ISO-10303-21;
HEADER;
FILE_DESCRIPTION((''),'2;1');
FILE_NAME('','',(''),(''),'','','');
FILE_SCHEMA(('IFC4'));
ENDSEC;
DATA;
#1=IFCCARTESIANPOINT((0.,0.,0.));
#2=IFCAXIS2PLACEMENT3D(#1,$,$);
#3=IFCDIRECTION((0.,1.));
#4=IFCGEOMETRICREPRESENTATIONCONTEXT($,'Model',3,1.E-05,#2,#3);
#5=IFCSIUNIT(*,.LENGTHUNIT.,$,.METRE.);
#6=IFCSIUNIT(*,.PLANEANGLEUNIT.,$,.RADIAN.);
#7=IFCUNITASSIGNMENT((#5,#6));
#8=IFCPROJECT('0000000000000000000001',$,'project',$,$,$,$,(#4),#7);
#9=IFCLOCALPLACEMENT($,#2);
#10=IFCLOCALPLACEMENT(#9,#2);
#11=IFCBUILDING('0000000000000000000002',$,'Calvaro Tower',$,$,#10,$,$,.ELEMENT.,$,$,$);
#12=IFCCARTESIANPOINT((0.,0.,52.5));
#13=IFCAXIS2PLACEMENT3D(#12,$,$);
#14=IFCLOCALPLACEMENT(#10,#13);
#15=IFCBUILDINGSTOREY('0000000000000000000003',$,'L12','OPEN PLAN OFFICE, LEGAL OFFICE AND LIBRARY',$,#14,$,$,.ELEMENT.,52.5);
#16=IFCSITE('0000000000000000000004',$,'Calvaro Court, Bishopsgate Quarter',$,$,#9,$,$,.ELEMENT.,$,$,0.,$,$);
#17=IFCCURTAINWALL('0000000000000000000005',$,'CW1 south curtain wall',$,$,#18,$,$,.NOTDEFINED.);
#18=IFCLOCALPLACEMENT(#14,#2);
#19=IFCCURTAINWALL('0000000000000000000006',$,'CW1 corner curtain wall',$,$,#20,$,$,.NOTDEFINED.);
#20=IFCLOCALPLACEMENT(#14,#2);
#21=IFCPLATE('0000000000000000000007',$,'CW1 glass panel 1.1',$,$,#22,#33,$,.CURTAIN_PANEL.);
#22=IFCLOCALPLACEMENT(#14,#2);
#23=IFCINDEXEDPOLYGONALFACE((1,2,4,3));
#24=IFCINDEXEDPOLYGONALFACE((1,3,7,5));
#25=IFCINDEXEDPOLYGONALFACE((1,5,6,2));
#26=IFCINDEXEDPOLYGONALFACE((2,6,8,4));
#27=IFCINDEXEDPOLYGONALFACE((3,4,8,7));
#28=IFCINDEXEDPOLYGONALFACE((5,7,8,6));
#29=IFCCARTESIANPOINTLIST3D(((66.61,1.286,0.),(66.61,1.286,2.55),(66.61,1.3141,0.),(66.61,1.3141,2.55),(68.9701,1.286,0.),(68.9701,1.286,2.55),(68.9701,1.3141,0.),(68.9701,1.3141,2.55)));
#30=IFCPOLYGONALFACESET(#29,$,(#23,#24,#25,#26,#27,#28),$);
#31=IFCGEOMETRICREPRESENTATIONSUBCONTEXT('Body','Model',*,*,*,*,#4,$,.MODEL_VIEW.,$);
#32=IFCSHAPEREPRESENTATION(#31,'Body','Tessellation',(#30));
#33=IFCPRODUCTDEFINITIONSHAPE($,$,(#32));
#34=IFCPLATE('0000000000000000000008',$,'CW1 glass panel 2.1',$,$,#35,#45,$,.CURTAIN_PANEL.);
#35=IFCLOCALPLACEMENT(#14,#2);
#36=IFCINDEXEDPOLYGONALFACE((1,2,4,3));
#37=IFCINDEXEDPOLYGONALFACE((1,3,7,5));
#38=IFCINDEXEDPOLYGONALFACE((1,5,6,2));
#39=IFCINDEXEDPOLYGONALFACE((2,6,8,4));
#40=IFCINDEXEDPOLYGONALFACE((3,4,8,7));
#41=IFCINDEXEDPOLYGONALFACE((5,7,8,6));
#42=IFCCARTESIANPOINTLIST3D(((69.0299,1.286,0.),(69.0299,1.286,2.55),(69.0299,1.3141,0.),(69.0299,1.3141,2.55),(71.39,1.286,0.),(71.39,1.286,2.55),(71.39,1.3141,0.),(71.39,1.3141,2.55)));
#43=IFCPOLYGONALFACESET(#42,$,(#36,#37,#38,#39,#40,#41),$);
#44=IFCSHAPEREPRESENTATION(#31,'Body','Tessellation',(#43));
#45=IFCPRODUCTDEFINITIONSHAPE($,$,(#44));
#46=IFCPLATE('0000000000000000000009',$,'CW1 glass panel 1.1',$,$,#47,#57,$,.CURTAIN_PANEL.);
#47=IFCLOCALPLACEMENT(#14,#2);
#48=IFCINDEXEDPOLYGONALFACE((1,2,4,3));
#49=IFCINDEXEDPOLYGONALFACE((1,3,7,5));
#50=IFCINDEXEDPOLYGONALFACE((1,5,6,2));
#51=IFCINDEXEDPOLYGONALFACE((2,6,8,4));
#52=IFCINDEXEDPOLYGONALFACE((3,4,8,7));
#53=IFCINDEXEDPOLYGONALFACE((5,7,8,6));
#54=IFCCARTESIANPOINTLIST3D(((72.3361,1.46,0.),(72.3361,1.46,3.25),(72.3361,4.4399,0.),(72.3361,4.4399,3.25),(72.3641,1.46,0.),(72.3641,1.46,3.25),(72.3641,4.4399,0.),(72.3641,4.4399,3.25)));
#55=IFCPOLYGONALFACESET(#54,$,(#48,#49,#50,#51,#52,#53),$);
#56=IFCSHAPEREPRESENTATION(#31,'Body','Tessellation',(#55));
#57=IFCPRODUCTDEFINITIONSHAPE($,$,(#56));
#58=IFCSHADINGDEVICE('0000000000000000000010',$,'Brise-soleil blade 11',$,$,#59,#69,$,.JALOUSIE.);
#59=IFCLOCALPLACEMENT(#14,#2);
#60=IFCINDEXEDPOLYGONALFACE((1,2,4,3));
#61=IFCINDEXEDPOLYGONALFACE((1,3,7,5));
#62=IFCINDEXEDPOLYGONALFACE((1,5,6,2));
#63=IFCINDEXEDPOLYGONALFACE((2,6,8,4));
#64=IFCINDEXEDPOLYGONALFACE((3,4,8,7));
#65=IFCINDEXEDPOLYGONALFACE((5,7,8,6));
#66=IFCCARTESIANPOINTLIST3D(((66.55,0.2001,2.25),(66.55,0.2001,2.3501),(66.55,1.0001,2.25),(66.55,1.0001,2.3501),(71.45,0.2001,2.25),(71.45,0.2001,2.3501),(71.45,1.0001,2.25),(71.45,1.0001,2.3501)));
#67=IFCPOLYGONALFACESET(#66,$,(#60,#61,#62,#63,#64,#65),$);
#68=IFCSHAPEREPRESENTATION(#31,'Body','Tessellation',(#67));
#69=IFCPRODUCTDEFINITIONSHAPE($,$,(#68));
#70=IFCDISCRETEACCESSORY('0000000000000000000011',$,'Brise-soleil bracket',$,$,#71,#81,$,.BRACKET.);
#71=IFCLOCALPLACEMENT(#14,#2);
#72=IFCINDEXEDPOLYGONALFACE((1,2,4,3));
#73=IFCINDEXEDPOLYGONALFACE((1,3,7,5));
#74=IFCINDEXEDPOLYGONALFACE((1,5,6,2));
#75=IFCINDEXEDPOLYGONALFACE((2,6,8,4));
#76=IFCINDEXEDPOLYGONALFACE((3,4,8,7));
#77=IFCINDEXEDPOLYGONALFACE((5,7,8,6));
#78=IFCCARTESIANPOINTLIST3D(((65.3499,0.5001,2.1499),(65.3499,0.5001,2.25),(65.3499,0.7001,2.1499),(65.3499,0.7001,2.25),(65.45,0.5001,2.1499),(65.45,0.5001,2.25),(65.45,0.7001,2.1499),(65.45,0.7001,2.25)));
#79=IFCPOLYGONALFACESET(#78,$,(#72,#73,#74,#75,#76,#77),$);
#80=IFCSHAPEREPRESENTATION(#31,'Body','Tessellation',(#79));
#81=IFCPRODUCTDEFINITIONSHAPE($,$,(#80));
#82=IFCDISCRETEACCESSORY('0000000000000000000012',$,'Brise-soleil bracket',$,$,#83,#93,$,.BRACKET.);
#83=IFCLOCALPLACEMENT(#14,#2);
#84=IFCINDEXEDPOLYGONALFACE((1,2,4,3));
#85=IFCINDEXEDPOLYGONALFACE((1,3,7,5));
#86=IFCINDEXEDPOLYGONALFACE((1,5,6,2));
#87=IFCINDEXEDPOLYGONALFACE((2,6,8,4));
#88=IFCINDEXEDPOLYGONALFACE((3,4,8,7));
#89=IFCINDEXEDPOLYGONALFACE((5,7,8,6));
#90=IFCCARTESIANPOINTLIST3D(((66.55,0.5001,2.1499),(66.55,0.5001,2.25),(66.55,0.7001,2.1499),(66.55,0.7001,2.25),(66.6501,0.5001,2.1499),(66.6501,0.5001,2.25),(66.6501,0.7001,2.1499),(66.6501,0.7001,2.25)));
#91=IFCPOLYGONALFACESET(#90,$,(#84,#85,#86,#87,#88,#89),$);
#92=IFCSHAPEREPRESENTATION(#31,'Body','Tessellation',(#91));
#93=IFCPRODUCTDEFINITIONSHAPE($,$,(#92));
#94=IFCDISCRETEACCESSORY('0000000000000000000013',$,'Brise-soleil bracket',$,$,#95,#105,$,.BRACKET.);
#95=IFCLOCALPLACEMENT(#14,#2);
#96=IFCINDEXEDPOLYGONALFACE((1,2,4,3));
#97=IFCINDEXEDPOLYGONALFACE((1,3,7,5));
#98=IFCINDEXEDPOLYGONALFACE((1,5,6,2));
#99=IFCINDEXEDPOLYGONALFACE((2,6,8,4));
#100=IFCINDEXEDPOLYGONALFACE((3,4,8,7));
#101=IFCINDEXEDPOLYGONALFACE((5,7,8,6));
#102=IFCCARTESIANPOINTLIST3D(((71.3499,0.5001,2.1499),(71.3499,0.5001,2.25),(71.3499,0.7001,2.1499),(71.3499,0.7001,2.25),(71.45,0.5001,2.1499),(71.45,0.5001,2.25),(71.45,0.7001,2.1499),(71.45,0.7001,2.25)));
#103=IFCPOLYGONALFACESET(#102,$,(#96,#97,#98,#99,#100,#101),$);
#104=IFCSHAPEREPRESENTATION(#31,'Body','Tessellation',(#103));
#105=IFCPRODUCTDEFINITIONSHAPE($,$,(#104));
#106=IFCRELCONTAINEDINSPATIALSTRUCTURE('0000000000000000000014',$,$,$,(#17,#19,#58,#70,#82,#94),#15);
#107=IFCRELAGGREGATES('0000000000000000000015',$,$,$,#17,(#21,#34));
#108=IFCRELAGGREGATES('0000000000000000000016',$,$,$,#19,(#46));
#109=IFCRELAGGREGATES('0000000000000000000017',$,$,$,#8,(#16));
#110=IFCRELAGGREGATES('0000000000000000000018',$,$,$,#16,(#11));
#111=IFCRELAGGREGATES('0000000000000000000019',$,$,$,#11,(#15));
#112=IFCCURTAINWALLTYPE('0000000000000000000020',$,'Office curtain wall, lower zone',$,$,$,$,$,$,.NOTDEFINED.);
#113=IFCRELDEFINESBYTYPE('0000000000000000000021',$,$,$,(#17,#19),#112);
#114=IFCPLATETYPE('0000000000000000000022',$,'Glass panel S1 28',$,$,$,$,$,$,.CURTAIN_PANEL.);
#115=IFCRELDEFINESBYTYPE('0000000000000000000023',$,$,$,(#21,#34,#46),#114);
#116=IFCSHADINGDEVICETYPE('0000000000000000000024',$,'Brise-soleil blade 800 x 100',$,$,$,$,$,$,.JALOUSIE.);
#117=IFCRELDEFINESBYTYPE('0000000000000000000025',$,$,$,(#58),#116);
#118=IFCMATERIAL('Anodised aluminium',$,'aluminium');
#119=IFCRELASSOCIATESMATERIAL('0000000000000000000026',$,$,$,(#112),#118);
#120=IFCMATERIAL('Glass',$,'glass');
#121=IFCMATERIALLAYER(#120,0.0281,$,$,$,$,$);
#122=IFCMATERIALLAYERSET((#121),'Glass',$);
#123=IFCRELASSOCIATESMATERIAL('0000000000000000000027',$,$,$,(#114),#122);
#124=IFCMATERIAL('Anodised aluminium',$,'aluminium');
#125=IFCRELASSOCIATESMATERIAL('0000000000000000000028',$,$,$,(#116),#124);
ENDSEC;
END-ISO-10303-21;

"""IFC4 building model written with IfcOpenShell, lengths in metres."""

from ifc_helpers import new_model, si_unit, direction, frame, origin, origin_2d, place, context, subcontext, project, spatial, rectangle, extrude, material, layer, layer_set, material_profile, profile_set, type_object, element, aggregate, save


model = new_model("IFC4")

# Units and contexts
model_context = context("Model", 3, precision=1e-05, world=origin(), true_north=direction((0.0, 1.0)))
body_context = subcontext(model_context, "Body", "Model", "MODEL_VIEW")
ifc_project = project(units=[si_unit("LENGTHUNIT", "METRE"), si_unit("PLANEANGLEUNIT", "RADIAN")], contexts=[model_context])

# Site, building, storey
site_placement = place(None, origin())
site = spatial("IfcSite", under=ifc_project, at=site_placement, Name="Calvaro Court, Bishopsgate Quarter", CompositionType="ELEMENT", RefElevation=0.0)
building_placement = place(site_placement, origin())
building = spatial("IfcBuilding", under=site, at=building_placement, Name="Calvaro Tower", CompositionType="ELEMENT")
storey_placement = place(building_placement, frame((0.0, 0.0, 52.5)))
storey = spatial("IfcBuildingStorey", under=building, at=storey_placement, Name="L12", Description="OPEN PLAN OFFICE, LEGAL OFFICE AND LIBRARY", CompositionType="ELEMENT", Elevation=52.5)

# Shared definitions
ifc_material_1 = material(Name="Anodised aluminium", Category="aluminium")
curtain_wall_type = type_object("IfcCurtainWallType", Name="Office curtain wall, lower zone", PredefinedType="NOTDEFINED", material=ifc_material_1)

# Curtain walls
curtain_wall_1_placement = place(storey_placement, origin())
curtain_wall_1 = element("IfcCurtainWall", 1, at=curtain_wall_1_placement, inside=storey, type_object=curtain_wall_type, Name="CW1 south curtain wall", PredefinedType="NOTDEFINED")
curtain_wall_2_placement = place(storey_placement, origin())
curtain_wall_2 = element("IfcCurtainWall", 2, at=curtain_wall_2_placement, inside=storey, type_object=curtain_wall_type, Name="CW1 corner curtain wall", PredefinedType="NOTDEFINED")

# Plates
ifc_material_2 = material(Name="Glass", Category="glass")
ifc_layer = layer(ifc_material_2, 0.0281)
ifc_layer_set = layer_set([ifc_layer], Name="Glass")
plate_type = type_object("IfcPlateType", Name="Glass panel S1 28", PredefinedType="CURTAIN_PANEL", material=ifc_layer_set)
plate_1_placement = place(storey_placement, frame((67.79, 1.3, 0.0), z_axis=(0.0, 0.0, 1.0), x_axis=(1.0, 0.0, 0.0)))
plate_1 = element("IfcPlate", 3, at=plate_1_placement, type_object=plate_type, Name="CW1 glass panel 1.1", PredefinedType="CURTAIN_PANEL", context=body_context, shape_type="SweptSolid", body=[
    extrude(rectangle(XDim=2.3601, YDim=0.0281, at=origin_2d()), origin(), (0.0, 0.0, 1.0), 2.55),
])
plate_2_placement = place(storey_placement, frame((70.21, 1.3, 0.0), z_axis=(0.0, 0.0, 1.0), x_axis=(1.0, 0.0, 0.0)))
plate_2 = element("IfcPlate", 4, at=plate_2_placement, type_object=plate_type, Name="CW1 glass panel 2.1", PredefinedType="CURTAIN_PANEL", context=body_context, shape_type="SweptSolid", body=[
    extrude(rectangle(XDim=2.3601, YDim=0.0281, at=origin_2d()), origin(), (0.0, 0.0, 1.0), 2.55),
])
aggregate(curtain_wall_1, [plate_1, plate_2])
plate_3_placement = place(storey_placement, frame((72.3501, 2.95, 0.0), z_axis=(0.0, 0.0, 1.0), x_axis=(0.0, 1.0, 0.0)))
plate_3 = element("IfcPlate", 5, at=plate_3_placement, type_object=plate_type, Name="CW1 glass panel 1.1", PredefinedType="CURTAIN_PANEL", context=body_context, shape_type="SweptSolid", body=[
    extrude(rectangle(XDim=2.98, YDim=0.0281, at=origin_2d()), origin(), (0.0, 0.0, 1.0), 3.25),
])
aggregate(curtain_wall_2, [plate_3])

# Shading device
ifc_material_3 = material(Name="Anodised aluminium", Category="aluminium")
ifc_material_profile_1 = material_profile(ifc_material_3, rectangle(XDim=0.8, YDim=0.1001, at=origin_2d()), Name="Brise-soleil blade 800 x 100")
ifc_profile_set_1 = profile_set([ifc_material_profile_1], Name="Anodised aluminium")
shading_device_type = type_object("IfcShadingDeviceType", Name="Brise-soleil blade 800 x 100", PredefinedType="JALOUSIE", material=ifc_profile_set_1)
shading_device_placement = place(storey_placement, frame((66.55, 0.6001, 2.3), z_axis=(1.0, 0.0, 0.0), x_axis=(0.0, 1.0, 0.0)))
element("IfcShadingDevice", 6, at=shading_device_placement, inside=storey, type_object=shading_device_type, Name="Brise-soleil blade 11", PredefinedType="JALOUSIE", context=body_context, shape_type="SweptSolid", body=[
    extrude(rectangle(XDim=0.8, YDim=0.1001, at=origin_2d()), origin(), (0.0, 0.0, 1.0), 4.8999),
])

# Discrete accessories
for number, where, z_axis, x_axis, name in (
    (7, (65.3999, 0.6001, 2.1499), (0.0, 0.0, 1.0), (1.0, 0.0, 0.0), "Brise-soleil bracket"),
    (8, (66.6001, 0.6001, 2.1499), (0.0, 0.0, 1.0), (1.0, 0.0, 0.0), "Brise-soleil bracket"),
    (9, (71.3999, 0.6001, 2.1499), (0.0, 0.0, 1.0), (1.0, 0.0, 0.0), "Brise-soleil bracket"),
):
    element("IfcDiscreteAccessory", number, at=place(storey_placement, frame(where, z_axis=z_axis, x_axis=x_axis)), inside=storey, Name=name, PredefinedType="BRACKET", context=body_context, shape_type="SweptSolid", body=[
        extrude(rectangle(XDim=0.1001, YDim=0.2, at=origin_2d()), origin(), (0.0, 0.0, 1.0), 0.1001),
    ])

save(model, "model.ifc")
